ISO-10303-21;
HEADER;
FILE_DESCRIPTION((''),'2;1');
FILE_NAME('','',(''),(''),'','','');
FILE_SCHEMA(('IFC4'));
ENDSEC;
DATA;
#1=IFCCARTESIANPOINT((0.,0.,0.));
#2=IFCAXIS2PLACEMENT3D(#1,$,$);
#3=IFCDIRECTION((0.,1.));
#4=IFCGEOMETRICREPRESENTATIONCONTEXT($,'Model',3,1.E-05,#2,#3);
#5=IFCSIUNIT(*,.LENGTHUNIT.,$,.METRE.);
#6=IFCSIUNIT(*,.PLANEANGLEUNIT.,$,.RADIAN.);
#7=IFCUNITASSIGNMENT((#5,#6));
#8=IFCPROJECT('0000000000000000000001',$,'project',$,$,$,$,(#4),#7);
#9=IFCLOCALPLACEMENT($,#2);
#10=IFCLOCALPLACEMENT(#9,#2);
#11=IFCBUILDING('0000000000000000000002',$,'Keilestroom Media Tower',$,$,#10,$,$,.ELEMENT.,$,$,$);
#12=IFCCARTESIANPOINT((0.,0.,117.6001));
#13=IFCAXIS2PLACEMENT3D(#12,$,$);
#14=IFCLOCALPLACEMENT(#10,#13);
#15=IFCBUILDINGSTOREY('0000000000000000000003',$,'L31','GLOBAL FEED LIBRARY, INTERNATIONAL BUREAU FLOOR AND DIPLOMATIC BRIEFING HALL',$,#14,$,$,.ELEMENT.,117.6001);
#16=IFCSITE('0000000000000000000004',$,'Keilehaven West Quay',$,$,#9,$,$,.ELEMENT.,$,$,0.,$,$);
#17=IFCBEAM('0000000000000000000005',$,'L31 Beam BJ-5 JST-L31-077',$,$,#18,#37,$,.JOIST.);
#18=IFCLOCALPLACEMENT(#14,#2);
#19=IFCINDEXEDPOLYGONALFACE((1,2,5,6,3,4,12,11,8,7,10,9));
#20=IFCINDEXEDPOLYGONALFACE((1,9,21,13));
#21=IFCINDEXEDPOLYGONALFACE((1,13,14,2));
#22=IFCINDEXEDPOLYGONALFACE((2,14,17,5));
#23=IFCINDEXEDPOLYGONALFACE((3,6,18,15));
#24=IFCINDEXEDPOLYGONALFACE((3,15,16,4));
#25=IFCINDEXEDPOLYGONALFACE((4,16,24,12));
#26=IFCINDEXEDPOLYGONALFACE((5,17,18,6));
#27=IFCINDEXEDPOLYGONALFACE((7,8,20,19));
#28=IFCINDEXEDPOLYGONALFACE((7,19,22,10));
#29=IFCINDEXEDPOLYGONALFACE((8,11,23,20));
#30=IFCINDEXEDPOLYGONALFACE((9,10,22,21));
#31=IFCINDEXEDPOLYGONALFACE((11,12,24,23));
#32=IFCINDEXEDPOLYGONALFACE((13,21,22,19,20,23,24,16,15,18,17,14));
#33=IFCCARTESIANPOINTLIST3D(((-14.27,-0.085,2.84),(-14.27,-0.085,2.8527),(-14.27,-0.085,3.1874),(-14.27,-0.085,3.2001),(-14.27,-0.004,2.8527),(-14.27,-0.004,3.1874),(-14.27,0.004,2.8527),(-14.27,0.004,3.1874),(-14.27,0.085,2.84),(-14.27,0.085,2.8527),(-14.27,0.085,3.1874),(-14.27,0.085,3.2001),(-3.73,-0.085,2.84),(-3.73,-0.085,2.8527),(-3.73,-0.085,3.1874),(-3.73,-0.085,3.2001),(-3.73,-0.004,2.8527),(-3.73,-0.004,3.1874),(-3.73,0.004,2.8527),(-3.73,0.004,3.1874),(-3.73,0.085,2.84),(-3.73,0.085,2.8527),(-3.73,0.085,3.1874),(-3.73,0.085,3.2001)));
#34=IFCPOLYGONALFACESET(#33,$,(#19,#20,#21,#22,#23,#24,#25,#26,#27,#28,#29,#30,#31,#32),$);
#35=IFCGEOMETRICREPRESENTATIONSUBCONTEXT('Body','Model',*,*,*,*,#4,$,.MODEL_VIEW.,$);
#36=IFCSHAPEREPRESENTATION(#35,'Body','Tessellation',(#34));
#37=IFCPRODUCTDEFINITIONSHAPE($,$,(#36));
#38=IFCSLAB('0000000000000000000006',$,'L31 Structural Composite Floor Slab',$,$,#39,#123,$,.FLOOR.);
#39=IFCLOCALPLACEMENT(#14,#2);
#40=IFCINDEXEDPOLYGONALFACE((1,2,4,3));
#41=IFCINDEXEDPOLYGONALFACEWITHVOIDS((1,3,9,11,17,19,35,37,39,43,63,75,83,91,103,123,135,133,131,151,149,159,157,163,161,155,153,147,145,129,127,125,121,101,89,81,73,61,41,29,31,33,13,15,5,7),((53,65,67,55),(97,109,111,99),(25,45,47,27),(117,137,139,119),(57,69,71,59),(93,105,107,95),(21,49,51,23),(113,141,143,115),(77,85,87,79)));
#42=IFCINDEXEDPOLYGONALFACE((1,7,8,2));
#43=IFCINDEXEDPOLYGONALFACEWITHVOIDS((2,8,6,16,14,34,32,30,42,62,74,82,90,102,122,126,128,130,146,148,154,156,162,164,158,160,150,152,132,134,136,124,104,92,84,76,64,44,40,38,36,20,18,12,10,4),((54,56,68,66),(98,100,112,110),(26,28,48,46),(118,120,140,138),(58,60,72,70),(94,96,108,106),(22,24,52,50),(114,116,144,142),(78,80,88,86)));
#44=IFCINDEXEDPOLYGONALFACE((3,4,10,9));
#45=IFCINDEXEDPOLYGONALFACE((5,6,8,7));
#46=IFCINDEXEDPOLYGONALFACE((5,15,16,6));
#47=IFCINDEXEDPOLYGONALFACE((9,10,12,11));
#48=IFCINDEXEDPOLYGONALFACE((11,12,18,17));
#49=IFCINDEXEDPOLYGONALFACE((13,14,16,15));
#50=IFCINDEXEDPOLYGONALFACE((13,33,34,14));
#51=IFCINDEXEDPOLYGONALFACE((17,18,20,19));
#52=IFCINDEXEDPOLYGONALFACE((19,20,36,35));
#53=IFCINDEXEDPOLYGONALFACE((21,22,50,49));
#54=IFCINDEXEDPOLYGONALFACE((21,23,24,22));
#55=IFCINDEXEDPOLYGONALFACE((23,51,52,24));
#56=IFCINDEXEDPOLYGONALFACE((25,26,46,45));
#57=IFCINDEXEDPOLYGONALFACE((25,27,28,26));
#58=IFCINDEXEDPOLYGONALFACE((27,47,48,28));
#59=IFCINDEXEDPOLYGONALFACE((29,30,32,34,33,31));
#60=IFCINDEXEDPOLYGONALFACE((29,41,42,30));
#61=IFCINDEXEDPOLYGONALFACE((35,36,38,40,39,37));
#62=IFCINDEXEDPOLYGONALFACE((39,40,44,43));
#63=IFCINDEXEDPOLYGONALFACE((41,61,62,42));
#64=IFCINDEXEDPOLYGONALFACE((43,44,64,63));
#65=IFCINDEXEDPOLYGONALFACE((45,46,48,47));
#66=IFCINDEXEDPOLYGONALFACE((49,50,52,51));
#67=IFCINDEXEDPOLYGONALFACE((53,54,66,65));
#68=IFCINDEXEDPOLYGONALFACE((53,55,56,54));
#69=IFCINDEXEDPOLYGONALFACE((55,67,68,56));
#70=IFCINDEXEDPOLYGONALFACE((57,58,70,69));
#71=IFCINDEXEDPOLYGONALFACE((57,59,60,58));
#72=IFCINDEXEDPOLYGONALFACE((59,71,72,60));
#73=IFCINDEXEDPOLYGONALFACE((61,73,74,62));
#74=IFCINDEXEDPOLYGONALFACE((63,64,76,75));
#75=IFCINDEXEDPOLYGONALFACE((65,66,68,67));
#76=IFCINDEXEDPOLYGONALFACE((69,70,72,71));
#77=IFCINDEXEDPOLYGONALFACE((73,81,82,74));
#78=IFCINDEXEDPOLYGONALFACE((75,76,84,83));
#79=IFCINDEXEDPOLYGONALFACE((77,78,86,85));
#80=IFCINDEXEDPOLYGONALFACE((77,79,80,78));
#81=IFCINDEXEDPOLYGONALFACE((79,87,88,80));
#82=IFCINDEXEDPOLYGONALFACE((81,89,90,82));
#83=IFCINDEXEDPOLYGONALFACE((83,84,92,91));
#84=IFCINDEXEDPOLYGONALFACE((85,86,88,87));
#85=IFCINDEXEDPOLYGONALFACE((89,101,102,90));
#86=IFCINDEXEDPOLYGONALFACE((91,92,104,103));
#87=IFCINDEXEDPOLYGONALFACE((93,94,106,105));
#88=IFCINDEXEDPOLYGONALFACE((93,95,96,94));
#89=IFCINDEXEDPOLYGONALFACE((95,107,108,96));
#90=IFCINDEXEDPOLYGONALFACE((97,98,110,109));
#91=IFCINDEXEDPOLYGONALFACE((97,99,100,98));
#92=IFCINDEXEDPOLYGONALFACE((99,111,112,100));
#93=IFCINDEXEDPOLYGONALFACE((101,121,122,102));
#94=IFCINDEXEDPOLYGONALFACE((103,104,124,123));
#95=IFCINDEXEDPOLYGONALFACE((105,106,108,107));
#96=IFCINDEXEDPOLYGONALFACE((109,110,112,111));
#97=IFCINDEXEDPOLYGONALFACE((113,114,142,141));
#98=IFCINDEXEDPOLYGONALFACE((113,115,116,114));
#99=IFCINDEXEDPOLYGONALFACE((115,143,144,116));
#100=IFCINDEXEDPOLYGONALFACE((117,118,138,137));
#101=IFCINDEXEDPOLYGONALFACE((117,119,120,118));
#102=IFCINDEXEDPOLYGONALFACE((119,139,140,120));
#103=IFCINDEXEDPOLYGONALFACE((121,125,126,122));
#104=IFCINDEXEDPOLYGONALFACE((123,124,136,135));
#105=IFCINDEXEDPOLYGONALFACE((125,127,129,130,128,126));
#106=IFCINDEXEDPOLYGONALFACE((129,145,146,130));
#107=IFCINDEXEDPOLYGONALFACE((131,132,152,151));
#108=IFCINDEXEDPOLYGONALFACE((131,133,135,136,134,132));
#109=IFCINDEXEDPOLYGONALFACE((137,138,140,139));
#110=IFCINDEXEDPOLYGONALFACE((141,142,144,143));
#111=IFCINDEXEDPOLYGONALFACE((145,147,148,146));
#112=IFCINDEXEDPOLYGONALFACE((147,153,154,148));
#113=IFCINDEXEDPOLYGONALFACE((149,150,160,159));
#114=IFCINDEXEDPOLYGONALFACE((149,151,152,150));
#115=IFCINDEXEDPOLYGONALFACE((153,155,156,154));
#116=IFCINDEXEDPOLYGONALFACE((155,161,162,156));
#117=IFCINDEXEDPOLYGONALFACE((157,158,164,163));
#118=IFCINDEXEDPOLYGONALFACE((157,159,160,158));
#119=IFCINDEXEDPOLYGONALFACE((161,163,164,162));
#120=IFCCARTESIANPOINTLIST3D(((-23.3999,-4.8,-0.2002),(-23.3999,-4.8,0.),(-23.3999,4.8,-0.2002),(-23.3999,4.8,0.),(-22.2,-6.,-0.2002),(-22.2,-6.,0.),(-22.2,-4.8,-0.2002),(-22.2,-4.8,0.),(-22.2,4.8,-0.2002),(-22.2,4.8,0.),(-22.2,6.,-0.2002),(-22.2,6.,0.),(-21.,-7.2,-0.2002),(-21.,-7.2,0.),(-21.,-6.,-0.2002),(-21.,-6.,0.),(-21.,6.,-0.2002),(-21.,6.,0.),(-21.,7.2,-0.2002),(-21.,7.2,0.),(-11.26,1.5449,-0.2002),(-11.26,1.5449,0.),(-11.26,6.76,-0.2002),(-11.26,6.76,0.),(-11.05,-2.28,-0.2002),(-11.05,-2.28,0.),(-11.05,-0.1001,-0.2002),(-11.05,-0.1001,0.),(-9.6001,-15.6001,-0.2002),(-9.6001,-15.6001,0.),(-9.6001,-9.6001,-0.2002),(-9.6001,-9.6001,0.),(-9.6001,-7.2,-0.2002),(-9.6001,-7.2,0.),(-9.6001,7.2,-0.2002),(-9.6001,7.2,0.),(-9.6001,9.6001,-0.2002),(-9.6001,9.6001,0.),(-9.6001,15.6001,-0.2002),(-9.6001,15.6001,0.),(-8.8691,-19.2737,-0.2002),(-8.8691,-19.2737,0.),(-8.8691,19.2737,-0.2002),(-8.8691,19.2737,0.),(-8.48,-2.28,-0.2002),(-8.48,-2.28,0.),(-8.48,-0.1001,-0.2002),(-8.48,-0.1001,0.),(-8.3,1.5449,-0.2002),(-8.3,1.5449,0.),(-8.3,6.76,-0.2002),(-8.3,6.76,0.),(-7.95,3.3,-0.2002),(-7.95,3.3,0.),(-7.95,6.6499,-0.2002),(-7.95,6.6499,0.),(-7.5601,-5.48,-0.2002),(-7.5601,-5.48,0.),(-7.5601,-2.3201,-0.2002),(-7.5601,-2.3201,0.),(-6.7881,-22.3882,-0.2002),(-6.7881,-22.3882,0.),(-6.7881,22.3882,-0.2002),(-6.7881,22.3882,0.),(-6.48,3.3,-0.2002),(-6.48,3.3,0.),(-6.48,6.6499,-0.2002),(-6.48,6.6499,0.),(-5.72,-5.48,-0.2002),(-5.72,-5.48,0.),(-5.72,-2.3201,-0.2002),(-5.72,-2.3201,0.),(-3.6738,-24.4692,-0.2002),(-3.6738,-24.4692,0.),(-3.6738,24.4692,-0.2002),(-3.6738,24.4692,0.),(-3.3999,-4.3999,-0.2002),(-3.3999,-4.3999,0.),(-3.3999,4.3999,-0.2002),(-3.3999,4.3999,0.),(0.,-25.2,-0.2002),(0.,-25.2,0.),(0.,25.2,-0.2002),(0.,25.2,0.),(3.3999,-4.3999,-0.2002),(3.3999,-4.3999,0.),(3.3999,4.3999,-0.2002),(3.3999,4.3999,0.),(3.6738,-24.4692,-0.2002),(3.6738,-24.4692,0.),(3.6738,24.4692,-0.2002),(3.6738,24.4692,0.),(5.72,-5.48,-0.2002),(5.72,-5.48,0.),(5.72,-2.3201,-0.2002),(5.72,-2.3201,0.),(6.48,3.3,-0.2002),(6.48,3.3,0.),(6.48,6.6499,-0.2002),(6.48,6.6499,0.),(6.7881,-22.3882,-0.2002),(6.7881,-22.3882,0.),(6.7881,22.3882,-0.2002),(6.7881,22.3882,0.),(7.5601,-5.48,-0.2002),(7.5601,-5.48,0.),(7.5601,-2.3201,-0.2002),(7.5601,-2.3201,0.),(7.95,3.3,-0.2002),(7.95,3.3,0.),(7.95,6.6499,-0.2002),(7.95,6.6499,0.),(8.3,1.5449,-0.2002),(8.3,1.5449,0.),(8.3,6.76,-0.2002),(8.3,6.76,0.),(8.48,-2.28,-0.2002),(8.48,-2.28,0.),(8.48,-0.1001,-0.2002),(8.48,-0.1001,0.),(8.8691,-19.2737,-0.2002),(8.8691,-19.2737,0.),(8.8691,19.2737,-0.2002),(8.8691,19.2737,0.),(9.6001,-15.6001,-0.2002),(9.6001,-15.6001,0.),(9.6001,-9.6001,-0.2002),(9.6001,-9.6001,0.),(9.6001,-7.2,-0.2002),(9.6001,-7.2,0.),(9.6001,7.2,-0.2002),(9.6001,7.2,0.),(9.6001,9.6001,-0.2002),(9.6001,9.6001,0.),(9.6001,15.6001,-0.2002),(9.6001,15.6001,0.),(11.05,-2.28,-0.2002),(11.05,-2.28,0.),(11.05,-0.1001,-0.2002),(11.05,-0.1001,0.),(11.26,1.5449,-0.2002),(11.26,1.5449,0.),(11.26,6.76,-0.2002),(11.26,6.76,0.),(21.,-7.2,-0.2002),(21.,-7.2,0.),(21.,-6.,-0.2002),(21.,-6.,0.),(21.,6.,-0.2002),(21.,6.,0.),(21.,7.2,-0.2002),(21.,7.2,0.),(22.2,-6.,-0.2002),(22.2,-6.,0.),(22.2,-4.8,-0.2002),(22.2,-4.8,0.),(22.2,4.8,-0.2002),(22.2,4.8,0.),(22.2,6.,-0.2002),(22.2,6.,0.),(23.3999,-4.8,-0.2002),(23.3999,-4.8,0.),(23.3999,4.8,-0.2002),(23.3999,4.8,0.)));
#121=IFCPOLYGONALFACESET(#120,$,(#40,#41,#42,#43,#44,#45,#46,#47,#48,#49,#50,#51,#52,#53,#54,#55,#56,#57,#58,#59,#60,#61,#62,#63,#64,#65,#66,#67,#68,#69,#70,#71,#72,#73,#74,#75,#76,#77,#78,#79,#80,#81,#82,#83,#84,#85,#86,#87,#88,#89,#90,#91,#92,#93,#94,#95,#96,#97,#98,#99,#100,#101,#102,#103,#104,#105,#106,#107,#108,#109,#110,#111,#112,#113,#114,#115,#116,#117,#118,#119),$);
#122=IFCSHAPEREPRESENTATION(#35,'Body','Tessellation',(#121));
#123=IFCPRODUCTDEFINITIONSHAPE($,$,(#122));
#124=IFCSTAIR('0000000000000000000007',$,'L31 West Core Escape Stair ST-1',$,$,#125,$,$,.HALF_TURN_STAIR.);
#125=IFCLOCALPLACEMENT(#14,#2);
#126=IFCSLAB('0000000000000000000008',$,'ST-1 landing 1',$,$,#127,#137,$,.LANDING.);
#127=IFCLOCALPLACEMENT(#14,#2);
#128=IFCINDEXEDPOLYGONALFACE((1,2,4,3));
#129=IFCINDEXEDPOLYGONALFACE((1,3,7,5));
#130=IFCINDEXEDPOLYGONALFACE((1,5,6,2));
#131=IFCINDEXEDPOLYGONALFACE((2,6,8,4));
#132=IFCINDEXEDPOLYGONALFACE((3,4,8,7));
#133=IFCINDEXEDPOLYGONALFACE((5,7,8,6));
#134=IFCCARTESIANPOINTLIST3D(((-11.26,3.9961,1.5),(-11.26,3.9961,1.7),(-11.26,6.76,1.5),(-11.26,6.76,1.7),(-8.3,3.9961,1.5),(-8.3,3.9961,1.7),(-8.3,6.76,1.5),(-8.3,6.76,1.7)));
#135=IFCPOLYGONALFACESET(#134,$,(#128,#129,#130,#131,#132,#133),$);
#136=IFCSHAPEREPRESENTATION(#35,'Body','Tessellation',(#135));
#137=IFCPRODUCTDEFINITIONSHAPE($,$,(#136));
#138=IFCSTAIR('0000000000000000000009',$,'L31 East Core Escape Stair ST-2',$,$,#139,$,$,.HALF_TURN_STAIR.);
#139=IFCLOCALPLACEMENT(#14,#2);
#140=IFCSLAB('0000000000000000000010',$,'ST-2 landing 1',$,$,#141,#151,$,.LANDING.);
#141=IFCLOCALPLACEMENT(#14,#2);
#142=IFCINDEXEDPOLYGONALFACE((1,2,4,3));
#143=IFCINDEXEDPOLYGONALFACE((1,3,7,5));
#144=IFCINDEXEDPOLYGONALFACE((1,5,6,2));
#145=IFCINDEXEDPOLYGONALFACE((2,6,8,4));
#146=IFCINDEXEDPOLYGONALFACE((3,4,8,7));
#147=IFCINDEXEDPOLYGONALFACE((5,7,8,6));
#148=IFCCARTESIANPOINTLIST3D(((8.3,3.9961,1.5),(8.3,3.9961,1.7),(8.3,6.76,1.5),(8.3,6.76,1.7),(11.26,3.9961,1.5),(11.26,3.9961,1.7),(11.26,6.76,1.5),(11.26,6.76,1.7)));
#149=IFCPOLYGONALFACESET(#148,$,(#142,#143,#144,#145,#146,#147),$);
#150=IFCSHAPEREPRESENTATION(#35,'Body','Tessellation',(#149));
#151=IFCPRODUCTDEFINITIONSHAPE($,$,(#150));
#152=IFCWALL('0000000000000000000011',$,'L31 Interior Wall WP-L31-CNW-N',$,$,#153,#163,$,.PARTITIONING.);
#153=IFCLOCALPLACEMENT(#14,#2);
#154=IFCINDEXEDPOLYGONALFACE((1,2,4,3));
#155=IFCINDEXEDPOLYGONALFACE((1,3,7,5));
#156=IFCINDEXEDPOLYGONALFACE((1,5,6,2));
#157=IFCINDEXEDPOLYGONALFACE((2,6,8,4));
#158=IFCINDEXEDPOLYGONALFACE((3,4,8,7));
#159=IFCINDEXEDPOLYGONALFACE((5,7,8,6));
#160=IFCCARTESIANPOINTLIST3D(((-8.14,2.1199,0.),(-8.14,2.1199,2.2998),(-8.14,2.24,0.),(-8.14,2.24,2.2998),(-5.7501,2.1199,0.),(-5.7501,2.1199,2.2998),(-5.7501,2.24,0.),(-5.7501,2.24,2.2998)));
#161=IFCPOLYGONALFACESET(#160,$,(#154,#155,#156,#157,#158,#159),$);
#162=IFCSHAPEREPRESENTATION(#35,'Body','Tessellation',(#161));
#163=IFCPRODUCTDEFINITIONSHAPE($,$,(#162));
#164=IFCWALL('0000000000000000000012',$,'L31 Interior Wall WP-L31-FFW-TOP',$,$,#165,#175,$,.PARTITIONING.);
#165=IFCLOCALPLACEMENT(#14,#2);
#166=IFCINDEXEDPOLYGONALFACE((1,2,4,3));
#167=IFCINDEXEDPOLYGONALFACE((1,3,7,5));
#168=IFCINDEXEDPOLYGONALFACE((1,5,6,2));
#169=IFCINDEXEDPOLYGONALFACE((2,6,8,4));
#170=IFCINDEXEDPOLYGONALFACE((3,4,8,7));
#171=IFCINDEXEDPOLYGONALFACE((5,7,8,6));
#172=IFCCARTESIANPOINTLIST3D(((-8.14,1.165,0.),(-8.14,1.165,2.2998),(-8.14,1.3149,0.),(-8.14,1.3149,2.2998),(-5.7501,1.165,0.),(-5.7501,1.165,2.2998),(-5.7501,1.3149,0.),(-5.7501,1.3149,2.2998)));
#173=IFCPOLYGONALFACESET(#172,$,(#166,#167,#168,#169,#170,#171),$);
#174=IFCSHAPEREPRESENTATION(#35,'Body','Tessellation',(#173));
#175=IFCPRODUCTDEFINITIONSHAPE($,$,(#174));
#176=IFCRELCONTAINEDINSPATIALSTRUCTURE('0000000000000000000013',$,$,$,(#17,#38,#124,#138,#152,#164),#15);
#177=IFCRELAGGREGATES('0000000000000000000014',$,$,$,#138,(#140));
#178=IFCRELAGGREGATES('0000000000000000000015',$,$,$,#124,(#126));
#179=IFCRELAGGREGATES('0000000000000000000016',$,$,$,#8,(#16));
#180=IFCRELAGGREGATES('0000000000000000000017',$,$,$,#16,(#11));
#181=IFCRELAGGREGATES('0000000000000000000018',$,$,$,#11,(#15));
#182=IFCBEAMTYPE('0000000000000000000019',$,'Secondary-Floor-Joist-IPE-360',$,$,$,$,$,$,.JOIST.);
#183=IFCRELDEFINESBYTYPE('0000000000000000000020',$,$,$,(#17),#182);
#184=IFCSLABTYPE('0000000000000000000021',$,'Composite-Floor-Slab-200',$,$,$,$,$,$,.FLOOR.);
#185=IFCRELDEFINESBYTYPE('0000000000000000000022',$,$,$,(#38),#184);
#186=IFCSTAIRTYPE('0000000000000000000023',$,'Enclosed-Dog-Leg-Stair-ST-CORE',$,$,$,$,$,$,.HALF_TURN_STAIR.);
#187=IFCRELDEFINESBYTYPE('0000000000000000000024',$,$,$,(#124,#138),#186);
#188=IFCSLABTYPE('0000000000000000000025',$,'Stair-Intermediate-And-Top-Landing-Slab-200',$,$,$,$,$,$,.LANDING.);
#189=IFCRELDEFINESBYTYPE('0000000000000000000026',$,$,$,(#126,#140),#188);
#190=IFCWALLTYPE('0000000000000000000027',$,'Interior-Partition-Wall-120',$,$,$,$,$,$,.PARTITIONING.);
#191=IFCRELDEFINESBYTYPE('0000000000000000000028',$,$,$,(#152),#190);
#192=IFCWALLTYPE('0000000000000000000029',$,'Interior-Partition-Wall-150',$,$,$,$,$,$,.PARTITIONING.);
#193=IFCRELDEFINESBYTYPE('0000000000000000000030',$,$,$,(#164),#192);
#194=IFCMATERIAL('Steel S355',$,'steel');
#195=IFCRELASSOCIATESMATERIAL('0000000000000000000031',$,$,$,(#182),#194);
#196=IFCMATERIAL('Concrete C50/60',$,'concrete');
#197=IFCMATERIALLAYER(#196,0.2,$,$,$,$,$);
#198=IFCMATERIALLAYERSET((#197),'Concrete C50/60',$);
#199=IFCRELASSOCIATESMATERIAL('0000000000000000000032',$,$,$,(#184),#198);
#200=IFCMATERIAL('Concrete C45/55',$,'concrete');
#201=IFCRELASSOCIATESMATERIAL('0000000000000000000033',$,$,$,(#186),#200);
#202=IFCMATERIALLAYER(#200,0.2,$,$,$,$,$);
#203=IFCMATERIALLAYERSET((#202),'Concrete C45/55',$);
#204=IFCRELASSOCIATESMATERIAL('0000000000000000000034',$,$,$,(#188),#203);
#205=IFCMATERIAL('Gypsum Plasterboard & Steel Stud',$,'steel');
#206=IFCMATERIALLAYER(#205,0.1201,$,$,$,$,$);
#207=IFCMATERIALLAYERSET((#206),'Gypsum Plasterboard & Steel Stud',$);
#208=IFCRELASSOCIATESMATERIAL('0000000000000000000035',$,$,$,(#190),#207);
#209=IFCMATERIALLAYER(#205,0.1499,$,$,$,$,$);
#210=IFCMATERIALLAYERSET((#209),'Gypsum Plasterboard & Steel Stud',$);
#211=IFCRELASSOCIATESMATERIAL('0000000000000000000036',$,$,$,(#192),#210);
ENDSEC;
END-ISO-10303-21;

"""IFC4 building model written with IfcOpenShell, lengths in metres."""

from ifc_helpers import new_model, si_unit, direction, frame, frame_2d, origin, origin_2d, place, context, subcontext, project, spatial, polyline, rectangle, i_section, outline, extrude, source, transform, mapped, material, layer, layer_set, material_profile, profile_set, type_object, element, aggregate, save


model = new_model("IFC4")

# Units and contexts
model_context = context("Model", 3, precision=1e-05, world=origin(), true_north=direction((0.0, 1.0)))
body_context = subcontext(model_context, "Body", "Model", "MODEL_VIEW")
ifc_project = project(units=[si_unit("LENGTHUNIT", "METRE"), si_unit("PLANEANGLEUNIT", "RADIAN")], contexts=[model_context])

# Site, building, storey
site_placement = place(None, origin())
site = spatial("IfcSite", under=ifc_project, at=site_placement, Name="Keilehaven West Quay", CompositionType="ELEMENT", RefElevation=0.0)
building_placement = place(site_placement, origin())
building = spatial("IfcBuilding", under=site, at=building_placement, Name="Keilestroom Media Tower", CompositionType="ELEMENT")
storey_placement = place(building_placement, frame((0.0, 0.0, 117.6001)))
storey = spatial("IfcBuildingStorey", under=building, at=storey_placement, Name="L31", Description="GLOBAL FEED LIBRARY, INTERNATIONAL BUREAU FLOOR AND DIPLOMATIC BRIEFING HALL", CompositionType="ELEMENT", Elevation=117.6001)

# Beam
ifc_material_1 = material(Name="Steel S355", Category="steel")
ifc_material_profile = material_profile(ifc_material_1, i_section(OverallWidth=0.1699, OverallDepth=0.3601, WebThickness=0.0081, FlangeThickness=0.0127, at=origin_2d()), Name="IPE 360")
ifc_profile_set = profile_set([ifc_material_profile], Name="Steel S355")
beam_type = type_object("IfcBeamType", Name="Secondary-Floor-Joist-IPE-360", PredefinedType="JOIST", material=ifc_profile_set)
shared_shape_1 = source(origin(), body_context, "Body", "SweptSolid", [
    extrude(i_section(OverallWidth=0.1699, OverallDepth=0.3601, WebThickness=0.0081, FlangeThickness=0.0127, at=origin_2d()), origin(), (0.0, 0.0, 1.0), 10.54),
])
beam_placement = place(storey_placement, frame((-14.27, 0.0, 3.02), z_axis=(1.0, 0.0, 0.0), x_axis=(0.0, 1.0, 0.0)))
element("IfcBeam", 1, at=beam_placement, inside=storey, type_object=beam_type, Name="L31 Beam BJ-5 JST-L31-077", PredefinedType="JOIST", context=body_context, shape_type="MappedRepresentation", body=[
    mapped(shared_shape_1, transform((0.0, 0.0, 0.0), x_axis=(1.0, 0.0, 0.0), y_axis=(0.0, 1.0, 0.0), z_axis=(0.0, 0.0, 1.0), scale=1.0)),
])

# Slab
ifc_material_2 = material(Name="Concrete C50/60", Category="concrete")
ifc_layer_1 = layer(ifc_material_2, 0.2)
ifc_layer_set_1 = layer_set([ifc_layer_1], Name="Concrete C50/60")
slab_type_1 = type_object("IfcSlabType", Name="Composite-Floor-Slab-200", PredefinedType="FLOOR", material=ifc_layer_set_1)
slab_1_placement = place(storey_placement, frame((0.0, 0.0, -0.2002)))
element("IfcSlab", 2, at=slab_1_placement, inside=storey, type_object=slab_type_1, Name="L31 Structural Composite Floor Slab", PredefinedType="FLOOR", context=body_context, shape_type="SweptSolid", body=[
    extrude(outline(polyline([(23.3999, -4.8), (23.3999, 4.8), (22.2, 4.8), (22.2, 6.0), (21.0, 6.0), (21.0, 7.2), (9.6001, 7.2), (9.6001, 9.6001), (9.6001, 15.6001), (8.8691, 19.2737), (6.7881, 22.3882), (3.6738, 24.4692), (0.0, 25.2), (-3.6738, 24.4692), (-6.7881, 22.3882), (-8.8691, 19.2737), (-9.6001, 15.6001), (-9.6001, 9.6001), (-9.6001, 7.2), (-21.0, 7.2), (-21.0, 6.0), (-22.2, 6.0), (-22.2, 4.8), (-23.3999, 4.8), (-23.3999, -4.8), (-22.2, -4.8), (-22.2, -6.0), (-21.0, -6.0), (-21.0, -7.2), (-9.6001, -7.2), (-9.6001, -9.6001), (-9.6001, -15.6001), (-8.8691, -19.2737), (-6.7881, -22.3882), (-3.6738, -24.4692), (0.0, -25.2), (3.6738, -24.4692), (6.7881, -22.3882), (8.8691, -19.2737), (9.6001, -15.6001), (9.6001, -9.6001), (9.6001, -7.2), (21.0, -7.2), (21.0, -6.0), (22.2, -6.0), (22.2, -4.8), (23.3999, -4.8)]), holes=[polyline([(-11.26, 1.5449), (-11.26, 6.76), (-8.3, 6.76), (-8.3, 1.5449), (-11.26, 1.5449)]), polyline([(-11.05, -2.28), (-11.05, -0.1001), (-8.48, -0.1001), (-8.48, -2.28), (-11.05, -2.28)]), polyline([(-7.95, 3.3), (-7.95, 6.6499), (-6.48, 6.6499), (-6.48, 3.3), (-7.95, 3.3)]), polyline([(-7.5601, -2.3201), (-5.72, -2.3201), (-5.72, -5.48), (-7.5601, -5.48), (-7.5601, -2.3201)]), polyline([(3.3999, -4.3999), (-3.3999, -4.3999), (-3.3999, 4.3999), (3.3999, 4.3999), (3.3999, -4.3999)]), polyline([(7.5601, -2.3201), (7.5601, -5.48), (5.72, -5.48), (5.72, -2.3201), (7.5601, -2.3201)]), polyline([(6.48, 3.3), (6.48, 6.6499), (7.95, 6.6499), (7.95, 3.3), (6.48, 3.3)]), polyline([(8.3, 1.5449), (8.3, 6.76), (11.26, 6.76), (11.26, 1.5449), (8.3, 1.5449)]), polyline([(8.48, -2.28), (8.48, -0.1001), (11.05, -0.1001), (11.05, -2.28), (8.48, -2.28)])]), origin(), (0.0, 0.0, 1.0), 0.2002),
])

# Stairs, slabs
ifc_material_3 = material(Name="Concrete C45/55", Category="concrete")
stair_type = type_object("IfcStairType", Name="Enclosed-Dog-Leg-Stair-ST-CORE", PredefinedType="HALF_TURN_STAIR", material=ifc_material_3)
stair_1_placement = place(storey_placement, origin())
stair_1 = element("IfcStair", 3, at=stair_1_placement, inside=storey, type_object=stair_type, Name="L31 West Core Escape Stair ST-1", PredefinedType="HALF_TURN_STAIR")
ifc_layer_2 = layer(ifc_material_3, 0.2)
ifc_layer_set_2 = layer_set([ifc_layer_2], Name="Concrete C45/55")
slab_type_2 = type_object("IfcSlabType", Name="Stair-Intermediate-And-Top-Landing-Slab-200", PredefinedType="LANDING", material=ifc_layer_set_2)
slab_2_placement = place(storey_placement, frame((0.0, 0.0, 1.5)))
slab_2 = element("IfcSlab", 4, at=slab_2_placement, type_object=slab_type_2, Name="ST-1 landing 1", PredefinedType="LANDING", context=body_context, shape_type="SweptSolid", body=[
    extrude(outline(polyline([(-8.3, 3.9961), (-8.3, 6.76), (-11.26, 6.76), (-11.26, 3.9961), (-8.3, 3.9961)])), origin(), (0.0, 0.0, 1.0), 0.2),
])
stair_2_placement = place(storey_placement, origin())
stair_2 = element("IfcStair", 5, at=stair_2_placement, inside=storey, type_object=stair_type, Name="L31 East Core Escape Stair ST-2", PredefinedType="HALF_TURN_STAIR")
slab_3_placement = place(storey_placement, frame((0.0, 0.0, 1.5)))
slab_3 = element("IfcSlab", 6, at=slab_3_placement, type_object=slab_type_2, Name="ST-2 landing 1", PredefinedType="LANDING", context=body_context, shape_type="SweptSolid", body=[
    extrude(outline(polyline([(11.26, 3.9961), (11.26, 6.76), (8.3, 6.76), (8.3, 3.9961), (11.26, 3.9961)])), origin(), (0.0, 0.0, 1.0), 0.2),
])
aggregate(stair_2, [slab_3])

# Walls
ifc_material_4 = material(Name="Gypsum Plasterboard & Steel Stud", Category="steel")
ifc_layer_3 = layer(ifc_material_4, 0.1201)
ifc_layer_set_3 = layer_set([ifc_layer_3], Name="Gypsum Plasterboard & Steel Stud")
wall_type_1 = type_object("IfcWallType", Name="Interior-Partition-Wall-120", PredefinedType="PARTITIONING", material=ifc_layer_set_3)
wall_1_placement = place(storey_placement, frame((-8.1399, 2.1799, 0.0), z_axis=(0.0, 0.0, 1.0), x_axis=(1.0, 0.0, 0.0)))
element("IfcWall", 7, at=wall_1_placement, inside=storey, type_object=wall_type_1, Name="L31 Interior Wall WP-L31-CNW-N", PredefinedType="PARTITIONING", context=body_context, shape_type="SweptSolid", body=[
    extrude(rectangle(XDim=2.3899, YDim=0.1201, at=frame_2d((1.1948, 0.0))), origin(), (0.0, 0.0, 1.0), 2.2998),
])
ifc_layer_4 = layer(ifc_material_4, 0.1499)
ifc_layer_set_4 = layer_set([ifc_layer_4], Name="Gypsum Plasterboard & Steel Stud")
wall_type_2 = type_object("IfcWallType", Name="Interior-Partition-Wall-150", PredefinedType="PARTITIONING", material=ifc_layer_set_4)
wall_2_placement = place(storey_placement, frame((-8.1399, 1.24, 0.0), z_axis=(0.0, 0.0, 1.0), x_axis=(1.0, 0.0, 0.0)))
element("IfcWall", 8, at=wall_2_placement, inside=storey, type_object=wall_type_2, Name="L31 Interior Wall WP-L31-FFW-TOP", PredefinedType="PARTITIONING", context=body_context, shape_type="SweptSolid", body=[
    extrude(rectangle(XDim=2.3899, YDim=0.1499, at=frame_2d((1.1948, 0.0))), origin(), (0.0, 0.0, 1.0), 2.2998),
])

aggregate(stair_1, [slab_2])

save(model, "model.ifc")
